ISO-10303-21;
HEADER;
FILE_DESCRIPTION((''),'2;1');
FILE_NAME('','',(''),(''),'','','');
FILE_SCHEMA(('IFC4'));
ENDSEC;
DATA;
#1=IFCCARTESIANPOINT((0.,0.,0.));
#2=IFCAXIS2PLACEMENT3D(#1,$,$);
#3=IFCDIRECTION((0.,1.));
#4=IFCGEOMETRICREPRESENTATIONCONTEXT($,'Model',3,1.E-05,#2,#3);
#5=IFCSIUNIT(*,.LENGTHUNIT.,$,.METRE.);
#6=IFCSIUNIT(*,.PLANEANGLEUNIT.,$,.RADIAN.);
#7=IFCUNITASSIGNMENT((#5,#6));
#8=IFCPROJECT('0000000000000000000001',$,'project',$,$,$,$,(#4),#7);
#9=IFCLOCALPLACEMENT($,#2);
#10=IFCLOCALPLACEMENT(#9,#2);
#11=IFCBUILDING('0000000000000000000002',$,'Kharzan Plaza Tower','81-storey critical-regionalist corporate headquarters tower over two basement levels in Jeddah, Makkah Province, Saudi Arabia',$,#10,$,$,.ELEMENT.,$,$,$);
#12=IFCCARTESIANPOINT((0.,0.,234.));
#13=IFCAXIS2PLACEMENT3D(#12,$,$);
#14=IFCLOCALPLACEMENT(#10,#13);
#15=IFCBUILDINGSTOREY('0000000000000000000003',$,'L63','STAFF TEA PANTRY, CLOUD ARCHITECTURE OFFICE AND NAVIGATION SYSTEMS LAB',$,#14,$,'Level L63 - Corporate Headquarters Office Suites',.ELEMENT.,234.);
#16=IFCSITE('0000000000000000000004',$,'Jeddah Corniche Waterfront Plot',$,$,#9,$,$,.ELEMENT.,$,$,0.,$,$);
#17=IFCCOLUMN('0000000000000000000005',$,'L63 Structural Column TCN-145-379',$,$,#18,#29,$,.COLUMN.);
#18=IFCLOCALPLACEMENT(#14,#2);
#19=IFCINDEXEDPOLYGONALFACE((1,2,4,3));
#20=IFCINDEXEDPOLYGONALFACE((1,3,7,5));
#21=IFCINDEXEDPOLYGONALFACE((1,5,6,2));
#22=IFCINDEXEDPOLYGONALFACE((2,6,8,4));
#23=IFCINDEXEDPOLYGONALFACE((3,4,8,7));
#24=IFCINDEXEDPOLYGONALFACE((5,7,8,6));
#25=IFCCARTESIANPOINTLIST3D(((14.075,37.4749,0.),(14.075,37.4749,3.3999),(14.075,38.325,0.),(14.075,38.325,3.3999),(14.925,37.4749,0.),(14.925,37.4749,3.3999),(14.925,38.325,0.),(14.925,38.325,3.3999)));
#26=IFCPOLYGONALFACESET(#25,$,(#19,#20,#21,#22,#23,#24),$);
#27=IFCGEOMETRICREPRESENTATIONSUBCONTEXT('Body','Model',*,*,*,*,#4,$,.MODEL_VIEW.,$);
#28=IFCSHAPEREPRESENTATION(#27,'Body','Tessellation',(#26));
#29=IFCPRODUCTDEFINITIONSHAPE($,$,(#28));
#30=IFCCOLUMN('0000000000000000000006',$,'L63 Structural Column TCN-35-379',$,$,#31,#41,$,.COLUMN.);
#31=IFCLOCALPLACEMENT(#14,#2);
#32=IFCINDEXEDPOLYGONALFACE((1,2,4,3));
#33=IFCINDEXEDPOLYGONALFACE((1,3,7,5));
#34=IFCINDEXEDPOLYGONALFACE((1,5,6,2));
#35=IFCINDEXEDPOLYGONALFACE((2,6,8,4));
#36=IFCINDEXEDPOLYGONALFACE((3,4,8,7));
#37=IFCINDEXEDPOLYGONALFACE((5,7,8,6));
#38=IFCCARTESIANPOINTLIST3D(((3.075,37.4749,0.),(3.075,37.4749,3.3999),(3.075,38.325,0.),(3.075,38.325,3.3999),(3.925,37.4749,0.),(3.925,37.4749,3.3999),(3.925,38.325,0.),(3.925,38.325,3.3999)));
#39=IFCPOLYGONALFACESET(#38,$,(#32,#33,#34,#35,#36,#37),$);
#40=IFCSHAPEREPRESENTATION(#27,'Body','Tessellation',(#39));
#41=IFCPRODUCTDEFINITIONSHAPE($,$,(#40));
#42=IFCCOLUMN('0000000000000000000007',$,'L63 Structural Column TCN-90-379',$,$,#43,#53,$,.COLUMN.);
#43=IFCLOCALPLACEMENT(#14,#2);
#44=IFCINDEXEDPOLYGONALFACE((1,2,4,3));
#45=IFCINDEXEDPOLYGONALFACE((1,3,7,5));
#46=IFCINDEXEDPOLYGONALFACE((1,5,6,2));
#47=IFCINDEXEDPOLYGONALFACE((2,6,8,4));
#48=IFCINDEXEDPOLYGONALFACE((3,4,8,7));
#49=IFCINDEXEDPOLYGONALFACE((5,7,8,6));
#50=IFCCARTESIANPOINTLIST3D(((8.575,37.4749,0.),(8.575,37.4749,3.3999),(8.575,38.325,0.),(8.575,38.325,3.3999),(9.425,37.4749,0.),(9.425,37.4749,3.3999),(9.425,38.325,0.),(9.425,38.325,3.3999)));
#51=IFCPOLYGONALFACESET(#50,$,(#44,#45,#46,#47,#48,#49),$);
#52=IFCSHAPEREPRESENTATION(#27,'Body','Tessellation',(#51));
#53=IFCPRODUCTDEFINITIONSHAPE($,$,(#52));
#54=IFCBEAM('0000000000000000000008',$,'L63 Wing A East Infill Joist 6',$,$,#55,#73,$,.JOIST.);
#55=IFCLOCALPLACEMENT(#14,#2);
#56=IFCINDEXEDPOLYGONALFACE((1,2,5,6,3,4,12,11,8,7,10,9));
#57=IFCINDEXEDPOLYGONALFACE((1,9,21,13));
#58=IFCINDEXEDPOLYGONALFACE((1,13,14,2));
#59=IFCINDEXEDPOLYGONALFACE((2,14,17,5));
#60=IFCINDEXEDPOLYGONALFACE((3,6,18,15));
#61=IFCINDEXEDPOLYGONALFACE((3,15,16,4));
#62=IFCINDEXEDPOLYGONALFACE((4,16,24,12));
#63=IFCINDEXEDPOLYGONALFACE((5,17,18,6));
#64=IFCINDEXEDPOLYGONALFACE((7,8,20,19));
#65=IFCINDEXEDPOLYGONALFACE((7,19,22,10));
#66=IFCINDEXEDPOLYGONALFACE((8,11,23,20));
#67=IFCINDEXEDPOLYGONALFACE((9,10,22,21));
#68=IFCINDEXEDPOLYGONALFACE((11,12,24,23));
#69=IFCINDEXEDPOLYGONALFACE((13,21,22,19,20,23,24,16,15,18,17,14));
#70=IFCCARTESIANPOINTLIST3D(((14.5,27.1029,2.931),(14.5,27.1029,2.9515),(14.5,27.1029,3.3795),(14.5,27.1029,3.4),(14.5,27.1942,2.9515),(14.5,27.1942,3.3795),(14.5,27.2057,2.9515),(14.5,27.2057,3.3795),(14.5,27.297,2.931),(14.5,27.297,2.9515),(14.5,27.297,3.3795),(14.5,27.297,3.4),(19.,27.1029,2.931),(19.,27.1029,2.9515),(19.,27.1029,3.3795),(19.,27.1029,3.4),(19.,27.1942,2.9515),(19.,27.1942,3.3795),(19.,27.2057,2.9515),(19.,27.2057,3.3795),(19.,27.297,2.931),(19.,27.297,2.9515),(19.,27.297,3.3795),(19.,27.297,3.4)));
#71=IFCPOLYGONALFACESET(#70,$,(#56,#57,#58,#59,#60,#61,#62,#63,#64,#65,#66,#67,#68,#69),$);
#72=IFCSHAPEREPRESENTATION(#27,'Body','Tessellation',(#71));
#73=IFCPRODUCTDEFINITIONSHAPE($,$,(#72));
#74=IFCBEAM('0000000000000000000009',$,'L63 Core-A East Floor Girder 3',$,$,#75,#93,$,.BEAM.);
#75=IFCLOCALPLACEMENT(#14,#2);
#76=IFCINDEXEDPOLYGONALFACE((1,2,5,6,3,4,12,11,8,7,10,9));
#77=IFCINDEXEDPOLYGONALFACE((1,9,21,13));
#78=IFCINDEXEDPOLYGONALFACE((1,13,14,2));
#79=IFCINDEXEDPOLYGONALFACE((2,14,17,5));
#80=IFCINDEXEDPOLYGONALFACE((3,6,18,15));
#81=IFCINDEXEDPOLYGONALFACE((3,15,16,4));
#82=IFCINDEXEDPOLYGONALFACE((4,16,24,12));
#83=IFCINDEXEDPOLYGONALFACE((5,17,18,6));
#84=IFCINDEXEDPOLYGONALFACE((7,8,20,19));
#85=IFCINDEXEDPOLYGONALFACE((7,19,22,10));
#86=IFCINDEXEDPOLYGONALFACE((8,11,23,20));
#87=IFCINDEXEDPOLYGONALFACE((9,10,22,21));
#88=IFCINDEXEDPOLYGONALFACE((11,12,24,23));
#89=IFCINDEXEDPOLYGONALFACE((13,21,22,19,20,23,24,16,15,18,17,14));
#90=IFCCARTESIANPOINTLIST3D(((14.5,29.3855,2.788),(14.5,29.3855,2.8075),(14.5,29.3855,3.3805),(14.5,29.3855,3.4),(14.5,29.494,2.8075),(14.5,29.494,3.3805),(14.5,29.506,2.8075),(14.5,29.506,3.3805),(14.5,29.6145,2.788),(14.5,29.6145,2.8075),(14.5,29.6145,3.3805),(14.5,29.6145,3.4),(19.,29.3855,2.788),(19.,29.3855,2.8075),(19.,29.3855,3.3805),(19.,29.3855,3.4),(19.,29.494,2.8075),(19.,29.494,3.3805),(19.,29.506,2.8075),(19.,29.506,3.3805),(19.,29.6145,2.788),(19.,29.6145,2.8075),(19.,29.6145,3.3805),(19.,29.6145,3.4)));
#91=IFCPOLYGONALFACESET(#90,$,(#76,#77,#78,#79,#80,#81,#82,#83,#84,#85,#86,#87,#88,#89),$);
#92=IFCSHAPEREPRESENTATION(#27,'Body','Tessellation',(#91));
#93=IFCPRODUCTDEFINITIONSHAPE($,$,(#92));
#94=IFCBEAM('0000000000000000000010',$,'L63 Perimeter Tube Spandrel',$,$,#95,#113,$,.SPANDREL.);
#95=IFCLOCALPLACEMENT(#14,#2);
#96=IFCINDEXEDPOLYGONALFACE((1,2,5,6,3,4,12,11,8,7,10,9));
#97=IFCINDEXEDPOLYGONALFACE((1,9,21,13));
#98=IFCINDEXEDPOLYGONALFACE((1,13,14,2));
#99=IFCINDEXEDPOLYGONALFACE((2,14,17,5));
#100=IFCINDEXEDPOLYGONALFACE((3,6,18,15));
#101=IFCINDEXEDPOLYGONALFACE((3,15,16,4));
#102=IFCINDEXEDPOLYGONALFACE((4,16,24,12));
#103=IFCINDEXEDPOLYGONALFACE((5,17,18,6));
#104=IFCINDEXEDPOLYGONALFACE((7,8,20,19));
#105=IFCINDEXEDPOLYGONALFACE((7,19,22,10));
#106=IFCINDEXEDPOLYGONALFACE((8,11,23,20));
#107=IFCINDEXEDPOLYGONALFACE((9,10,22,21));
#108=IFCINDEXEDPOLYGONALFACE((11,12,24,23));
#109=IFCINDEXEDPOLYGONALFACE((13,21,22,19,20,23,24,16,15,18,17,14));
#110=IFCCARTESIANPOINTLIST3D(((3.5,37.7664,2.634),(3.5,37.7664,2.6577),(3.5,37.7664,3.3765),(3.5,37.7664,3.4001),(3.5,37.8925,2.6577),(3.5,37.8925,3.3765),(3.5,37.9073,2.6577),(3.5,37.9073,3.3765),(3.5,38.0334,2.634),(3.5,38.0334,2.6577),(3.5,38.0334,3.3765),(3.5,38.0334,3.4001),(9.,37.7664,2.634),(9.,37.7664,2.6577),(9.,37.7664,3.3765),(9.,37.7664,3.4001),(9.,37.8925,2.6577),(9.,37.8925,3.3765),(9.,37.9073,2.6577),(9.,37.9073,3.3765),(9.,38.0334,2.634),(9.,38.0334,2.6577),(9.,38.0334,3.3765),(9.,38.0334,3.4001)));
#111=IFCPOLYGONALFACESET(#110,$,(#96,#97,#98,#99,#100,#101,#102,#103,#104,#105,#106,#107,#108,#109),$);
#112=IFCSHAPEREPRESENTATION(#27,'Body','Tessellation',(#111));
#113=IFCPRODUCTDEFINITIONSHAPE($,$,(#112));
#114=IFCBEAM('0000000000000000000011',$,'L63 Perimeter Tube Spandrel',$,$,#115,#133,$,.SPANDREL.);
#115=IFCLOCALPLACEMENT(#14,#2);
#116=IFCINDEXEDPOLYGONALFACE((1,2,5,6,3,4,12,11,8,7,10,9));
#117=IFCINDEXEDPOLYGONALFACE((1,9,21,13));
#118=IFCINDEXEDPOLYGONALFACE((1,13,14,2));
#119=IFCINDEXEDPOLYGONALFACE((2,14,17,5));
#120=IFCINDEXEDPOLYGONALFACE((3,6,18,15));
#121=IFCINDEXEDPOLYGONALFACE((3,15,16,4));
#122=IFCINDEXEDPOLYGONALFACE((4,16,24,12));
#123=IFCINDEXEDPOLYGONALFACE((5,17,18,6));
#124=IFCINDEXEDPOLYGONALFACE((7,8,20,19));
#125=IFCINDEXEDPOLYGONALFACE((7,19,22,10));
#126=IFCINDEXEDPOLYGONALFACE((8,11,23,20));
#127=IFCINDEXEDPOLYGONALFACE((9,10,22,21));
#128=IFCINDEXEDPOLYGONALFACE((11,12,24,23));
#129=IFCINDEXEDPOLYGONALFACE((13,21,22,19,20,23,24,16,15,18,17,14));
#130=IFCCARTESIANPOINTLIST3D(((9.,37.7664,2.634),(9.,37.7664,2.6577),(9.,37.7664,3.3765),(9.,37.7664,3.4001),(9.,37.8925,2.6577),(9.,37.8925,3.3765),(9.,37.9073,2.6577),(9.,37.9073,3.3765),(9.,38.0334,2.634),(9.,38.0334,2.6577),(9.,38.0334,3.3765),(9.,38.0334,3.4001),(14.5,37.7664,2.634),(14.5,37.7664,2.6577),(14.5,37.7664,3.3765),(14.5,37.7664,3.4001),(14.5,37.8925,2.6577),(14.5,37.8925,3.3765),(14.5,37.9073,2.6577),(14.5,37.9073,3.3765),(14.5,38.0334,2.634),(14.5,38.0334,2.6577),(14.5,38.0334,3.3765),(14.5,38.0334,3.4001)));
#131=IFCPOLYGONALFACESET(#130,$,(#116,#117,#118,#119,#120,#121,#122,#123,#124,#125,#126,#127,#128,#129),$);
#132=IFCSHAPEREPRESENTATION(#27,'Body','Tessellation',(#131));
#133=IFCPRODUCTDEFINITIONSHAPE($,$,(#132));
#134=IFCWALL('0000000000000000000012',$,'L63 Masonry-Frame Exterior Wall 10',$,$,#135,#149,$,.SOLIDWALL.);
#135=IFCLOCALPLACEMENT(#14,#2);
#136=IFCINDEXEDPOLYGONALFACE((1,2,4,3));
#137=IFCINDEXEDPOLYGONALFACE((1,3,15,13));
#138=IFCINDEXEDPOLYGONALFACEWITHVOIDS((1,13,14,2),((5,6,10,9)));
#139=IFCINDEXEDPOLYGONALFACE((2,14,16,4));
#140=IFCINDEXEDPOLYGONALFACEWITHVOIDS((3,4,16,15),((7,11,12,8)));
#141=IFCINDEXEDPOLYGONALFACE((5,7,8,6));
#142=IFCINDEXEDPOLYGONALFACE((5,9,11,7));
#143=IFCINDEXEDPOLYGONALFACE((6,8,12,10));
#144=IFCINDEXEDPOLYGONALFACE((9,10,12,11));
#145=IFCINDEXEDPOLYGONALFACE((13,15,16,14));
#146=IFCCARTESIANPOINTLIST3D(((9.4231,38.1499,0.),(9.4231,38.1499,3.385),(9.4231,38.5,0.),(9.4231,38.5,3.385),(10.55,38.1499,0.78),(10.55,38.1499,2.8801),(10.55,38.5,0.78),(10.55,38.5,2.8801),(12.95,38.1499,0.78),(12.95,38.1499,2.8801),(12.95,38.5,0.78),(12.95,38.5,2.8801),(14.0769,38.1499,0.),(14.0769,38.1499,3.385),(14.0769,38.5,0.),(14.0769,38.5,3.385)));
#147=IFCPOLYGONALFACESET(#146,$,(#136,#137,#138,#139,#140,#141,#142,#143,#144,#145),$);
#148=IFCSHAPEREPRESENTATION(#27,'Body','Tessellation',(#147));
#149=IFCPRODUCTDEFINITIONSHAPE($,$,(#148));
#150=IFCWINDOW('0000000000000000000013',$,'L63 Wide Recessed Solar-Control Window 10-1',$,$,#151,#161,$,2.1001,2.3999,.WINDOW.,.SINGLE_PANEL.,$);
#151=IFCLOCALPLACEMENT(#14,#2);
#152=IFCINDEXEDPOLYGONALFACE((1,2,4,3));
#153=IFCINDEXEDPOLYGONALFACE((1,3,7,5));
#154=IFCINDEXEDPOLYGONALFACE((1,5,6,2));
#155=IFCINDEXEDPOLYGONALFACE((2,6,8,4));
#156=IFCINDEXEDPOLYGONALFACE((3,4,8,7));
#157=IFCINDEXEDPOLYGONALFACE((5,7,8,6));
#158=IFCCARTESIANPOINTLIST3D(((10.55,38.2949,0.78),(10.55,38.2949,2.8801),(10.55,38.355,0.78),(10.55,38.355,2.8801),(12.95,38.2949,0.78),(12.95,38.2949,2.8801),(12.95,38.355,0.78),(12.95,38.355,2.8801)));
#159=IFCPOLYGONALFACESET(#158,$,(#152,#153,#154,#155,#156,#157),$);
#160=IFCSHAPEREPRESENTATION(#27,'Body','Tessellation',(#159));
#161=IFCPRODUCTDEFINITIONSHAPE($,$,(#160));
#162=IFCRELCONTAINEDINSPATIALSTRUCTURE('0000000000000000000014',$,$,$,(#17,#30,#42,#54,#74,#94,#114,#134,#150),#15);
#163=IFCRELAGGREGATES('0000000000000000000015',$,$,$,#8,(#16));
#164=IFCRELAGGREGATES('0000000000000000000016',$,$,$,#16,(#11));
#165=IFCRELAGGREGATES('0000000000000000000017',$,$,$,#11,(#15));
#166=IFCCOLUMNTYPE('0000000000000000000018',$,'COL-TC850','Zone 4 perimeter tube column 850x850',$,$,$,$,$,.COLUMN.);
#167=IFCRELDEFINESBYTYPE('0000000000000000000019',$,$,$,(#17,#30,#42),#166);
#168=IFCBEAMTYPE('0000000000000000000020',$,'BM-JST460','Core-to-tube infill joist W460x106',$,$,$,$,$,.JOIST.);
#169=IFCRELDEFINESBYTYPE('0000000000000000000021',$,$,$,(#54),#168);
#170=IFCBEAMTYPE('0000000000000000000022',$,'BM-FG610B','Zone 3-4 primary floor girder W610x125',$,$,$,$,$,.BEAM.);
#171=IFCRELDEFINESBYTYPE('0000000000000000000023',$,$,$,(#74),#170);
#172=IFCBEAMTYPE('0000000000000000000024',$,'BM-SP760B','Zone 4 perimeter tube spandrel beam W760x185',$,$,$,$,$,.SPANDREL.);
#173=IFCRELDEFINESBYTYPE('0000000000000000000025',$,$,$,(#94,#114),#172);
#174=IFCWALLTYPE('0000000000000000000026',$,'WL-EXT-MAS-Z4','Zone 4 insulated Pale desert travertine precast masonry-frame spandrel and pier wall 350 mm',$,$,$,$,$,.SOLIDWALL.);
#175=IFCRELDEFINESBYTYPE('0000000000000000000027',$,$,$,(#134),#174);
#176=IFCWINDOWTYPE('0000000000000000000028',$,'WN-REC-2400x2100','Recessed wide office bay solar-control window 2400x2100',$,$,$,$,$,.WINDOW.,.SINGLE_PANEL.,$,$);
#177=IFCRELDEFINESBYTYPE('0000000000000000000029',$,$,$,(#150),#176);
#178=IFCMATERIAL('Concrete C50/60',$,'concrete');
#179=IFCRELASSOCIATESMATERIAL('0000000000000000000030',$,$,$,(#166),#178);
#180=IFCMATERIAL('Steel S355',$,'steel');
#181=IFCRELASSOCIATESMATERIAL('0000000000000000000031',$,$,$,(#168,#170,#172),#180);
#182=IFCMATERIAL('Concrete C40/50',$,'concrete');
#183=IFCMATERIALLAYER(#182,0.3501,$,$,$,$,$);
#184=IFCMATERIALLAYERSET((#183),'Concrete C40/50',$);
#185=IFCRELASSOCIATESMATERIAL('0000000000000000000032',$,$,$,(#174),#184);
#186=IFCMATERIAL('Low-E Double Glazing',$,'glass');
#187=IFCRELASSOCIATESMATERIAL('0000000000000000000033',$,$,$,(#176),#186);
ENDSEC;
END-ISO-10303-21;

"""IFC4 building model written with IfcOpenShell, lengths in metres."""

from ifc_helpers import new_model, si_unit, direction, frame, frame_2d, origin, origin_2d, place, context, subcontext, project, spatial, rectangle, i_section, extrude, source, transform, mapped, material, layer, layer_set, material_profile, profile_set, type_object, element, fill, save


model = new_model("IFC4")

# Units and contexts
model_context = context("Model", 3, precision=1e-05, world=origin(), true_north=direction((0.0, 1.0)))
body_context = subcontext(model_context, "Body", "Model", "MODEL_VIEW")
ifc_project = project(units=[si_unit("LENGTHUNIT", "METRE"), si_unit("PLANEANGLEUNIT", "RADIAN")], contexts=[model_context])

# Site, building, storey
site_placement = place(None, origin())
site = spatial("IfcSite", under=ifc_project, at=site_placement, Name="Jeddah Corniche Waterfront Plot", CompositionType="ELEMENT", RefElevation=0.0)
building_placement = place(site_placement, origin())
building = spatial("IfcBuilding", under=site, at=building_placement, Name="Kharzan Plaza Tower", Description="81-storey critical-regionalist corporate headquarters tower over two basement levels in Jeddah, Makkah Province, Saudi Arabia", CompositionType="ELEMENT")
storey_placement = place(building_placement, frame((0.0, 0.0, 234.0)))
storey = spatial("IfcBuildingStorey", under=building, at=storey_placement, Name="L63", Description="STAFF TEA PANTRY, CLOUD ARCHITECTURE OFFICE AND NAVIGATION SYSTEMS LAB", LongName="Level L63 - Corporate Headquarters Office Suites", CompositionType="ELEMENT", Elevation=234.0)

# Columns
ifc_material_1 = material(Name="Concrete C50/60", Category="concrete")
ifc_material_profile_1 = material_profile(ifc_material_1, rectangle(XDim=0.8501, YDim=0.8501, at=origin_2d()), Name="RC-TC850x850")
ifc_profile_set_1 = profile_set([ifc_material_profile_1], Name="Concrete C50/60")
column_type = type_object("IfcColumnType", Name="COL-TC850", Description="Zone 4 perimeter tube column 850x850", PredefinedType="COLUMN", material=ifc_profile_set_1)
shared_shape_1 = source(origin(), body_context, "Body", "SweptSolid", [
    extrude(rectangle(XDim=0.8501, YDim=0.8501, at=origin_2d()), origin(), (0.0, 0.0, 1.0), 3.3999),
])
for number, where, z_axis, x_axis, name in (
    (1, (14.5, 37.8999, 0.0), (0.0, 0.0, 1.0), (1.0, 0.0, 0.0), "L63 Structural Column TCN-145-379"),
    (2, (3.5, 37.8999, 0.0), (0.0, 0.0, 1.0), (1.0, 0.0, 0.0), "L63 Structural Column TCN-35-379"),
    (3, (9.0, 37.8999, 0.0), (0.0, 0.0, 1.0), (1.0, 0.0, 0.0), "L63 Structural Column TCN-90-379"),
):
    element("IfcColumn", number, at=place(storey_placement, frame(where, z_axis=z_axis, x_axis=x_axis)), inside=storey, type_object=column_type, Name=name, PredefinedType="COLUMN", context=body_context, shape_type="MappedRepresentation", body=[
        mapped(shared_shape_1, transform((0.0, 0.0, 0.0), x_axis=(1.0, 0.0, 0.0), y_axis=(0.0, 1.0, 0.0), z_axis=(0.0, 0.0, 1.0))),
    ])

# Beams
ifc_material_2 = material(Name="Steel S355", Category="steel")
ifc_material_profile_2 = material_profile(ifc_material_2, i_section(OverallWidth=0.1941, OverallDepth=0.469, WebThickness=0.0115, FlangeThickness=0.0205, at=origin_2d()), Name="W460x106")
ifc_profile_set_2 = profile_set([ifc_material_profile_2], Name="Steel S355")
beam_type_1 = type_object("IfcBeamType", Name="BM-JST460", Description="Core-to-tube infill joist W460x106", PredefinedType="JOIST", material=ifc_profile_set_2)
shared_shape_2 = source(origin(), body_context, "Body", "SweptSolid", [
    extrude(i_section(OverallWidth=0.1941, OverallDepth=0.469, WebThickness=0.0115, FlangeThickness=0.0205, at=origin_2d()), origin(), (0.0, 0.0, 1.0), 4.5),
])
beam_1_placement = place(storey_placement, frame((14.5, 27.2, 3.1655), z_axis=(1.0, 0.0, 0.0), x_axis=(0.0, 1.0, 0.0)))
element("IfcBeam", 4, at=beam_1_placement, inside=storey, type_object=beam_type_1, Name="L63 Wing A East Infill Joist 6", PredefinedType="JOIST", context=body_context, shape_type="MappedRepresentation", body=[
    mapped(shared_shape_2, transform((0.0, 0.0, 0.0), x_axis=(1.0, 0.0, 0.0), y_axis=(0.0, 1.0, 0.0), z_axis=(0.0, 0.0, 1.0))),
])
ifc_material_profile_3 = material_profile(ifc_material_2, i_section(OverallWidth=0.229, OverallDepth=0.6121, WebThickness=0.012, FlangeThickness=0.0195, at=origin_2d()), Name="W610x125")
ifc_profile_set_3 = profile_set([ifc_material_profile_3], Name="Steel S355")
beam_type_2 = type_object("IfcBeamType", Name="BM-FG610B", Description="Zone 3-4 primary floor girder W610x125", PredefinedType="BEAM", material=ifc_profile_set_3)
shared_shape_3 = source(origin(), body_context, "Body", "SweptSolid", [
    extrude(i_section(OverallWidth=0.229, OverallDepth=0.6121, WebThickness=0.012, FlangeThickness=0.0195, at=origin_2d()), origin(), (0.0, 0.0, 1.0), 4.5),
])
beam_2_placement = place(storey_placement, frame((14.5, 29.5, 3.094), z_axis=(1.0, 0.0, 0.0), x_axis=(0.0, 1.0, 0.0)))
element("IfcBeam", 5, at=beam_2_placement, inside=storey, type_object=beam_type_2, Name="L63 Core-A East Floor Girder 3", PredefinedType="BEAM", context=body_context, shape_type="MappedRepresentation", body=[
    mapped(shared_shape_3, transform((0.0, 0.0, 0.0), x_axis=(1.0, 0.0, 0.0), y_axis=(0.0, 1.0, 0.0), z_axis=(0.0, 0.0, 1.0))),
])
ifc_material_profile_4 = material_profile(ifc_material_2, i_section(OverallWidth=0.2671, OverallDepth=0.7661, WebThickness=0.0149, FlangeThickness=0.0237, at=origin_2d()), Name="W760x185")
ifc_profile_set_4 = profile_set([ifc_material_profile_4], Name="Steel S355")
beam_type_3 = type_object("IfcBeamType", Name="BM-SP760B", Description="Zone 4 perimeter tube spandrel beam W760x185", PredefinedType="SPANDREL", material=ifc_profile_set_4)
shared_shape_4 = source(origin(), body_context, "Body", "SweptSolid", [
    extrude(i_section(OverallWidth=0.2671, OverallDepth=0.7661, WebThickness=0.0149, FlangeThickness=0.0237, at=origin_2d()), origin(), (0.0, 0.0, 1.0), 5.5),
])
for number, where, z_axis, x_axis, name in (
    (6, (3.5, 37.8999, 3.0171), (1.0, 0.0, 0.0), (0.0, 1.0, 0.0), "L63 Perimeter Tube Spandrel"),
    (7, (9.0, 37.8999, 3.0171), (1.0, 0.0, 0.0), (0.0, 1.0, 0.0), "L63 Perimeter Tube Spandrel"),
):
    element("IfcBeam", number, at=place(storey_placement, frame(where, z_axis=z_axis, x_axis=x_axis)), inside=storey, type_object=beam_type_3, Name=name, PredefinedType="SPANDREL", context=body_context, shape_type="MappedRepresentation", body=[
        mapped(shared_shape_4, transform((0.0, 0.0, 0.0), x_axis=(1.0, 0.0, 0.0), y_axis=(0.0, 1.0, 0.0), z_axis=(0.0, 0.0, 1.0))),
    ])

# Wall, opening, window
ifc_material_3 = material(Name="Concrete C40/50", Category="concrete")
ifc_layer_1 = layer(ifc_material_3, 0.3501)
ifc_layer_set_1 = layer_set([ifc_layer_1], Name="Concrete C40/50")
wall_type_1 = type_object("IfcWallType", Name="WL-EXT-MAS-Z4", Description="Zone 4 insulated Pale desert travertine precast masonry-frame spandrel and pier wall 350 mm", PredefinedType="SOLIDWALL", material=ifc_layer_set_1)
wall_1_placement = place(storey_placement, frame((14.0769, 38.325, 0.0), z_axis=(0.0, 0.0, 1.0), x_axis=(-1.0, 0.0, 0.0)))
wall_1 = element("IfcWall", 8, at=wall_1_placement, inside=storey, type_object=wall_type_1, Name="L63 Masonry-Frame Exterior Wall 10", PredefinedType="SOLIDWALL", context=body_context, shape_type="SweptSolid", body=[
    extrude(rectangle(XDim=4.6538, YDim=0.3501, at=frame_2d((2.3269, 0.0))), origin(), (0.0, 0.0, 1.0), 3.385),
])
opening_1_placement = place(wall_1_placement, frame((1.127, 0.0, 0.78)))
opening_1 = element("IfcOpeningElement", 9, at=opening_1_placement, cuts=wall_1, PredefinedType="OPENING", context=body_context, shape_type="SweptSolid", body=[
    extrude(rectangle(XDim=2.3999, YDim=2.1001, at=frame_2d((1.2, 1.05))), frame((0.0, 0.1851, 0.0), z_axis=(0.0, -1.0, 0.0), x_axis=(1.0, 0.0, 0.0)), (0.0, 0.0, 1.0), 0.3701),
])
ifc_material_4 = material(Name="Low-E Double Glazing", Category="glass")
window_type_1 = type_object("IfcWindowType", Name="WN-REC-2400x2100", Description="Recessed wide office bay solar-control window 2400x2100", PartitioningType="SINGLE_PANEL", PredefinedType="WINDOW", material=ifc_material_4)
shared_shape_5 = source(origin(), body_context, "Body", "SweptSolid", [
    extrude(rectangle(XDim=2.3999, YDim=2.1001, at=frame_2d((1.2, 1.05))), frame((0.0, 0.03, 0.0), z_axis=(0.0, -1.0, 0.0), x_axis=(1.0, 0.0, 0.0)), (0.0, 0.0, 1.0), 0.0601),
])
window_1_placement = place(opening_1_placement, origin())
window_1 = element("IfcWindow", 10, at=window_1_placement, inside=storey, type_object=window_type_1, Name="L63 Wide Recessed Solar-Control Window 10-1", OverallHeight=2.1001, OverallWidth=2.3999, PartitioningType="SINGLE_PANEL", PredefinedType="WINDOW", context=body_context, shape_type="MappedRepresentation", body=[
    mapped(shared_shape_5, transform((0.0, 0.0, 0.0), x_axis=(1.0, 0.0, 0.0), y_axis=(0.0, 1.0, 0.0), z_axis=(0.0, 0.0, 1.0))),
])
fill(opening_1, window_1)

save(model, "model.ifc")
